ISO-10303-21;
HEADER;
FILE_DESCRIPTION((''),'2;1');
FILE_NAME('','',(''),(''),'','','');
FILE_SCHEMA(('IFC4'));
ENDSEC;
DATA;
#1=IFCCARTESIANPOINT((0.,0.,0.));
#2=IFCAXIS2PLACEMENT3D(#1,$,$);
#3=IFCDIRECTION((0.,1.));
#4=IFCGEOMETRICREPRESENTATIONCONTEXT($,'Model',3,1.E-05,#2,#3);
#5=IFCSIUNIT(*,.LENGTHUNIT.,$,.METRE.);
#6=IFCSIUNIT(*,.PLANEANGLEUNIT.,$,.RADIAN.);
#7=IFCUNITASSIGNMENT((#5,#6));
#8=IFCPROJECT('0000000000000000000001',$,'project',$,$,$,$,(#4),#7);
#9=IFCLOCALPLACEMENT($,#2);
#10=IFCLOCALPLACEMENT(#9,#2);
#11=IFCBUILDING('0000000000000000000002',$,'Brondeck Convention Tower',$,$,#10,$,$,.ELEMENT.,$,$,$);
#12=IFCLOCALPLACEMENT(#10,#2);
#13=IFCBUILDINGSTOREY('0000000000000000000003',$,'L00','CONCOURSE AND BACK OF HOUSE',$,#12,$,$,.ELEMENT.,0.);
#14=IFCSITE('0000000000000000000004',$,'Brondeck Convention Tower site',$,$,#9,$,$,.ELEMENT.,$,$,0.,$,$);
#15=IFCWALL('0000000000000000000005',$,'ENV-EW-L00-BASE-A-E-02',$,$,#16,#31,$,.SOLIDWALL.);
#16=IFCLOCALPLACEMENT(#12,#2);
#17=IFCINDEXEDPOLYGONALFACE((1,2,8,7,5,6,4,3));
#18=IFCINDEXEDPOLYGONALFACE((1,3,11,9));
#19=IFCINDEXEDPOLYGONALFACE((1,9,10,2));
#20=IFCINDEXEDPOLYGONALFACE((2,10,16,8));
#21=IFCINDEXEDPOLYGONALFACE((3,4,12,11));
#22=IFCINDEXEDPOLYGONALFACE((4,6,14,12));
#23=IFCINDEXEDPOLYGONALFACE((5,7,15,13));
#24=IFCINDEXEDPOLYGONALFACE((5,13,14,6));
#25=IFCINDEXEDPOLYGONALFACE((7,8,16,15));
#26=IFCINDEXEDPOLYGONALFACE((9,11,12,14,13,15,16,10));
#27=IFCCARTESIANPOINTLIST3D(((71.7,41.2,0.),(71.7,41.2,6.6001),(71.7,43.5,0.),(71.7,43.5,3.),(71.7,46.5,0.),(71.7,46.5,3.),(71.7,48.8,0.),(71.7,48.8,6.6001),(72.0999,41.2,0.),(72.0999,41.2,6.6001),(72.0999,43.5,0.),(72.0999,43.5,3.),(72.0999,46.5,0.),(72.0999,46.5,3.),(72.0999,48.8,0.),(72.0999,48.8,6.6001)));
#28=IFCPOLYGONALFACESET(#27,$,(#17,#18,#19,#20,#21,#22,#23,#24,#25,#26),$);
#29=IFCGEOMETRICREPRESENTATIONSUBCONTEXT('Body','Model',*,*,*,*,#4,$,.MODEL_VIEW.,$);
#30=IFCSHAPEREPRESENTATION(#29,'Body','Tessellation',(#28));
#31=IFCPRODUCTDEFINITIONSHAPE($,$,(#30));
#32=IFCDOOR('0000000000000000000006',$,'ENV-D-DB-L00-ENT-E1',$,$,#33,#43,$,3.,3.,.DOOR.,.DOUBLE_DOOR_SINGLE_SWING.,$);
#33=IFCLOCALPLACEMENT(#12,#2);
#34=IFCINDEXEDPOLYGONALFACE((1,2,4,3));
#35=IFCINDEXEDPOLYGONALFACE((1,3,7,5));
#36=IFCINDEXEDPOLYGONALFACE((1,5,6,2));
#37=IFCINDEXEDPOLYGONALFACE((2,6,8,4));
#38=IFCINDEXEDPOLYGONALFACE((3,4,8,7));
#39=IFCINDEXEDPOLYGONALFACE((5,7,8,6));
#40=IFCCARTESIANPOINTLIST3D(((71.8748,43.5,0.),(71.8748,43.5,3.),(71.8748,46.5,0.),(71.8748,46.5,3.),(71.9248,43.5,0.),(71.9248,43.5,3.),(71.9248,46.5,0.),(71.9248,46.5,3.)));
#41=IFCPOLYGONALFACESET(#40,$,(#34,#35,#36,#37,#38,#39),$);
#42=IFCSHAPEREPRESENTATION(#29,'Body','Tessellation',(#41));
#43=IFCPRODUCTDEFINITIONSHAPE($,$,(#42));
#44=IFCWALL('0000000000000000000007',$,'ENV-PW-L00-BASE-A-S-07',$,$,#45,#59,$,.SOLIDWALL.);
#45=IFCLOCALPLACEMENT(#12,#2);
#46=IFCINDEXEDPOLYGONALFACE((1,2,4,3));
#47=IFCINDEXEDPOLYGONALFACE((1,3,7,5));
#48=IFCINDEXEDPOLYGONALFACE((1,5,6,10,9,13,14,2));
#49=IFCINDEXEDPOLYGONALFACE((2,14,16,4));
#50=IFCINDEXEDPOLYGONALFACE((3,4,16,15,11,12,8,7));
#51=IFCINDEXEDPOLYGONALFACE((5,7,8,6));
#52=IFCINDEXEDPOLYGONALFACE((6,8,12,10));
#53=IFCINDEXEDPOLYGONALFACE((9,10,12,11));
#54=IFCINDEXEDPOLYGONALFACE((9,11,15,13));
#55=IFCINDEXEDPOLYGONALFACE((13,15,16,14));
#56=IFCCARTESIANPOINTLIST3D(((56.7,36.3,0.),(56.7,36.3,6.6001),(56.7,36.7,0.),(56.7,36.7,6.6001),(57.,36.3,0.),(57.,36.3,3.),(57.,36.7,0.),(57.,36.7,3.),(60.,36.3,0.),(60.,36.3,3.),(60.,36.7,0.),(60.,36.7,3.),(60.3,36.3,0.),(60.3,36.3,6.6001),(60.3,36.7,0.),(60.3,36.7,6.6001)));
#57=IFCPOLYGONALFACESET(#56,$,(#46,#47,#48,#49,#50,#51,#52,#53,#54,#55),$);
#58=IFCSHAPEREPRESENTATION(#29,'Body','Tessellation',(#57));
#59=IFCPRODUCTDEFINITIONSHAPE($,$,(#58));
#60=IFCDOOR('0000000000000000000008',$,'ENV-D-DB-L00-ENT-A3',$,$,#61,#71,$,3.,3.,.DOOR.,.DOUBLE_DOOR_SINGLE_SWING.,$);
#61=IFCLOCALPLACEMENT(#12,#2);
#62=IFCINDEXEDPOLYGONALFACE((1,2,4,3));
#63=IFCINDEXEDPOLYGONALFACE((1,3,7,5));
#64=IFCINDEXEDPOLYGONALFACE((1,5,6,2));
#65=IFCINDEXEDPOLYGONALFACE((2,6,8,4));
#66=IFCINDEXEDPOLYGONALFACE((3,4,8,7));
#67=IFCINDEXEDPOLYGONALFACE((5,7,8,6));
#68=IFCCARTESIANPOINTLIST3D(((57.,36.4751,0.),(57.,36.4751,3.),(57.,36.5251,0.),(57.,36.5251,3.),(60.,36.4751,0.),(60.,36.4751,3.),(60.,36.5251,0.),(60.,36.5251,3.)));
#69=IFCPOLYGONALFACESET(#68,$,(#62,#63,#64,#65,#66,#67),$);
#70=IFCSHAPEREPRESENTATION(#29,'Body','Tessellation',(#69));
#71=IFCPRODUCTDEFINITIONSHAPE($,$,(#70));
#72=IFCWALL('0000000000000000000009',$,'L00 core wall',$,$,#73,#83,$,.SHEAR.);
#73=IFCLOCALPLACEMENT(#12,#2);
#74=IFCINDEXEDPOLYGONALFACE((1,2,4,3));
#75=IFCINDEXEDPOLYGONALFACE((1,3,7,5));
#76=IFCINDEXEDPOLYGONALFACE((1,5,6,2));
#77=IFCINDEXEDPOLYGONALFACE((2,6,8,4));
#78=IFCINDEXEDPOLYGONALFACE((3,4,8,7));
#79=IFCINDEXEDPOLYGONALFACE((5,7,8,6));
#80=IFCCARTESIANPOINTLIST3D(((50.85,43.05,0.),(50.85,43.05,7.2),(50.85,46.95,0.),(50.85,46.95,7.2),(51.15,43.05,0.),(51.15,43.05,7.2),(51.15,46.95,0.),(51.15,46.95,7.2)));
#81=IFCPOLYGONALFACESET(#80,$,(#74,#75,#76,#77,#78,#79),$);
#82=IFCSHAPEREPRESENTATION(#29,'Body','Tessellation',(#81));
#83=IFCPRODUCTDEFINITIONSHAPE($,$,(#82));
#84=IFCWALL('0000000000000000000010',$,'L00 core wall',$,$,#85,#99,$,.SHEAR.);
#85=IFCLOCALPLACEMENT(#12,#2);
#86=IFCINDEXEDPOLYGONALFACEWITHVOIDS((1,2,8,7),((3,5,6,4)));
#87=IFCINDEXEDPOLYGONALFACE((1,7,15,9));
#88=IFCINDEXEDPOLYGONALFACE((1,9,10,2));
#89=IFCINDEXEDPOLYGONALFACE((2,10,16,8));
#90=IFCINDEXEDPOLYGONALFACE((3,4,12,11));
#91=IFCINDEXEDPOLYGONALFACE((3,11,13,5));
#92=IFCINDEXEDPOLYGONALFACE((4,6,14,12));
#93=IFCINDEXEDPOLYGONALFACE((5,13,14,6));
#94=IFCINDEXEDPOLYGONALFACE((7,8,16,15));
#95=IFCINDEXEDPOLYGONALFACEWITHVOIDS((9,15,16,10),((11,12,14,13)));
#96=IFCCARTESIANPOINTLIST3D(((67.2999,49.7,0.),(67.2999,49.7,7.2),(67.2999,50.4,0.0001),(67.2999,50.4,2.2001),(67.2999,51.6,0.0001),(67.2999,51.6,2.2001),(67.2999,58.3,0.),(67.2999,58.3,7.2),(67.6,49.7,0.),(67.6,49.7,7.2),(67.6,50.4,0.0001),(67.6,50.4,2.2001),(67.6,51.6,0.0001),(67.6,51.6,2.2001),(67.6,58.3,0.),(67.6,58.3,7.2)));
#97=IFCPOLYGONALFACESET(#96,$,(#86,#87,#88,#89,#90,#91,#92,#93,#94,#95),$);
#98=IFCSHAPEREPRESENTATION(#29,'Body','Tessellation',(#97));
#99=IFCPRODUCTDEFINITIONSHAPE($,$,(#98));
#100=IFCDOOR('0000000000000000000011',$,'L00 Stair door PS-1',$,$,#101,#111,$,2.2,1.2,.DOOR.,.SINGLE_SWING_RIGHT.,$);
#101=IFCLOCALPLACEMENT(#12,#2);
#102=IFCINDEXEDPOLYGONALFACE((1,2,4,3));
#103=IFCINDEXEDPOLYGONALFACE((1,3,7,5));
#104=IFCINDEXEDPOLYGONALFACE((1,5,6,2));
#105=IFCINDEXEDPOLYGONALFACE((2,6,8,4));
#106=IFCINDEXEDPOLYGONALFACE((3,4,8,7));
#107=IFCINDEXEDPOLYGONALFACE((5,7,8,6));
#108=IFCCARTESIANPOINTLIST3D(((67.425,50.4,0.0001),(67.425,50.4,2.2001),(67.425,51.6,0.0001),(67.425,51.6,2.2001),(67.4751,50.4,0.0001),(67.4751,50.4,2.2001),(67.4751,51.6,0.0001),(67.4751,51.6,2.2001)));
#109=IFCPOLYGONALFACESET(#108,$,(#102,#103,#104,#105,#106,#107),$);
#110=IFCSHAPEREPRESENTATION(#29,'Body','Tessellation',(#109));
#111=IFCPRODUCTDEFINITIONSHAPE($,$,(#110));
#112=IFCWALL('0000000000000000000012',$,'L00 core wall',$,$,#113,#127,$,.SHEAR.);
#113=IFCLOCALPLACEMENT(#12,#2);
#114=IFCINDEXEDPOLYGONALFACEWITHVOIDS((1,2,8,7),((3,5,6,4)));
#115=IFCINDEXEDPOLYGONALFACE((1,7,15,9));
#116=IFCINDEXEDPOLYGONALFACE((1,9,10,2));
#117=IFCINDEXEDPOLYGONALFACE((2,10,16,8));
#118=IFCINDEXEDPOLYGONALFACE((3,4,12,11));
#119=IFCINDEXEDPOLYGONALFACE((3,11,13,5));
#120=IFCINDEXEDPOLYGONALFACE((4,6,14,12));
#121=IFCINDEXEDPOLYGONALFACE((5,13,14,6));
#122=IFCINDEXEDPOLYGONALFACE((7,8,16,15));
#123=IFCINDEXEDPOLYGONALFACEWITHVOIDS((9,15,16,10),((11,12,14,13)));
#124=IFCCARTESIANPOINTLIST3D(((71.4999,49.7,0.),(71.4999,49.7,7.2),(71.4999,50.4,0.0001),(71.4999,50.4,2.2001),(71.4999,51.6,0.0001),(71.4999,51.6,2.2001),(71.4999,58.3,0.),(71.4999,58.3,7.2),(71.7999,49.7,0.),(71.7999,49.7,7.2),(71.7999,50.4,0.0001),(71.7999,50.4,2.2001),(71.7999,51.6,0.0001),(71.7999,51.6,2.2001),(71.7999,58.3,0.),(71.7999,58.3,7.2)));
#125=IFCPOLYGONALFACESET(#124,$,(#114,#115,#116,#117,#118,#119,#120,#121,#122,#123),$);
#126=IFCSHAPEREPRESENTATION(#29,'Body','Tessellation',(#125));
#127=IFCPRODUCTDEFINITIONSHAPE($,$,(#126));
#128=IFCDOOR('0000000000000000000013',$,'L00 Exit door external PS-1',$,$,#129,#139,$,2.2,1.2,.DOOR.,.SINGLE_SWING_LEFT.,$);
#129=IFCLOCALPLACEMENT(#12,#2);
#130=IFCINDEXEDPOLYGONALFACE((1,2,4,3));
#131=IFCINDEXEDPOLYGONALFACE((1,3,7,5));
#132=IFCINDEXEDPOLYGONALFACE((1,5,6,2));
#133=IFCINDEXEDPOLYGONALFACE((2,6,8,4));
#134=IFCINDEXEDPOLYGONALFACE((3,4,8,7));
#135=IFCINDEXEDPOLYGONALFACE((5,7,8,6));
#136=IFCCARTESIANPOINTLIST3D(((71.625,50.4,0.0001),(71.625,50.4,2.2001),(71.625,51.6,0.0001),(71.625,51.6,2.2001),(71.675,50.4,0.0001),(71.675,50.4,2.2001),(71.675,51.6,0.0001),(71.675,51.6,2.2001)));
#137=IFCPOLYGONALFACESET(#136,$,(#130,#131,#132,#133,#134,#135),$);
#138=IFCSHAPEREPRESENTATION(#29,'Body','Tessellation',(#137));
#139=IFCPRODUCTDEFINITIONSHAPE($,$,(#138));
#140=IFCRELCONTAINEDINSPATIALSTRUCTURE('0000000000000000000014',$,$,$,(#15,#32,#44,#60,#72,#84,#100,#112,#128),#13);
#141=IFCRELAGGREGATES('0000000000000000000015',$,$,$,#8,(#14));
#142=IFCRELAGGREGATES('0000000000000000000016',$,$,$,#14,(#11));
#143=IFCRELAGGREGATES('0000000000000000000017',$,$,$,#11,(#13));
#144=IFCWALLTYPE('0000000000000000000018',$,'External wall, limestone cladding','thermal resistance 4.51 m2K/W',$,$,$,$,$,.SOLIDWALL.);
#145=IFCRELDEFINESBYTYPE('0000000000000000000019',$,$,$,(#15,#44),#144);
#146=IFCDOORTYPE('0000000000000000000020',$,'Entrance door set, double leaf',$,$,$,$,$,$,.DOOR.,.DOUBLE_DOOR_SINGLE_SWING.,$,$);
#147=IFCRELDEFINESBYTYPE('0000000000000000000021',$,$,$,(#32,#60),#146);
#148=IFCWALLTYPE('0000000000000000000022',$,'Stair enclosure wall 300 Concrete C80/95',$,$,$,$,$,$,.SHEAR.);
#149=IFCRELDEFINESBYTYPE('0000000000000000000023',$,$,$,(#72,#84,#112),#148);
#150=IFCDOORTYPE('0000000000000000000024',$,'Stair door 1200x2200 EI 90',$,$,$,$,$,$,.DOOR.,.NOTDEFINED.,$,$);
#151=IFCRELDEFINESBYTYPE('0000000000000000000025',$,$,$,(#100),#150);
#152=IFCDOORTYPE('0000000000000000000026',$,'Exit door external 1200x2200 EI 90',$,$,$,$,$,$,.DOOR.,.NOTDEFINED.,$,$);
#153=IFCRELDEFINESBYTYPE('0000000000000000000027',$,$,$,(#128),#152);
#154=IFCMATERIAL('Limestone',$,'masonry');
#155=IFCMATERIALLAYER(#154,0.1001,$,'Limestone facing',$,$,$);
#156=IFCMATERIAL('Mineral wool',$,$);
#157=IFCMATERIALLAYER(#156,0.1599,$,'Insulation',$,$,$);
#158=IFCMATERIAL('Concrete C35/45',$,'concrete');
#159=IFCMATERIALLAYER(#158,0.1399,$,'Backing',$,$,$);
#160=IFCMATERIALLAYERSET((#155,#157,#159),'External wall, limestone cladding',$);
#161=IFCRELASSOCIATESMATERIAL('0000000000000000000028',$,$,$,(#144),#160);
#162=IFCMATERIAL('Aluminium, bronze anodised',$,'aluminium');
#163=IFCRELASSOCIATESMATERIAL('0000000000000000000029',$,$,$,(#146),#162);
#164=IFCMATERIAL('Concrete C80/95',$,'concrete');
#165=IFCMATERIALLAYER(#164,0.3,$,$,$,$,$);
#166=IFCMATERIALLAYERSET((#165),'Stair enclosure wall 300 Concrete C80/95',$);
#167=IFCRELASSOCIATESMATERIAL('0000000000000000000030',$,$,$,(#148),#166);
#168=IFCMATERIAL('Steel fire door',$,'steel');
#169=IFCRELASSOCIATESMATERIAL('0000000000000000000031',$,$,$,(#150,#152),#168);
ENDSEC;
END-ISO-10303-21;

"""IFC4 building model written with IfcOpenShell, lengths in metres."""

from ifc_helpers import new_model, si_unit, direction, frame, frame_2d, origin, place, context, subcontext, project, spatial, rectangle, extrude, material, layer, layer_set, type_object, element, fill, save


model = new_model("IFC4")

# Units and contexts
model_context = context("Model", 3, precision=1e-05, world=origin(), true_north=direction((0.0, 1.0)))
body_context = subcontext(model_context, "Body", "Model", "MODEL_VIEW")
ifc_project = project(units=[si_unit("LENGTHUNIT", "METRE"), si_unit("PLANEANGLEUNIT", "RADIAN")], contexts=[model_context])

# Site, building, storey
site_placement = place(None, origin())
site = spatial("IfcSite", under=ifc_project, at=site_placement, Name="Brondeck Convention Tower site", CompositionType="ELEMENT", RefElevation=0.0)
building_placement = place(site_placement, origin())
building = spatial("IfcBuilding", under=site, at=building_placement, Name="Brondeck Convention Tower", CompositionType="ELEMENT")
storey_placement = place(building_placement, origin())
storey = spatial("IfcBuildingStorey", under=building, at=storey_placement, Name="L00", Description="CONCOURSE AND BACK OF HOUSE", CompositionType="ELEMENT", Elevation=0.0)

# Shared definitions
ifc_material_1 = material(Name="Concrete C80/95", Category="concrete")

# Shared definitions
ifc_material_2 = material(Name="Aluminium, bronze anodised", Category="aluminium")

# Shared definitions
ifc_material_3 = material(Name="Limestone", Category="masonry")
ifc_layer_1 = layer(ifc_material_3, 0.1001, Name="Limestone facing")
ifc_material_4 = material(Name="Mineral wool")
ifc_layer_2 = layer(ifc_material_4, 0.1599, Name="Insulation")
ifc_material_5 = material(Name="Concrete C35/45", Category="concrete")
ifc_layer_3 = layer(ifc_material_5, 0.1399, Name="Backing")
ifc_layer_set_1 = layer_set([ifc_layer_1, ifc_layer_2, ifc_layer_3], Name="External wall, limestone cladding")
wall_type_1 = type_object("IfcWallType", Name="External wall, limestone cladding", Description="thermal resistance 4.51 m2K/W", PredefinedType="SOLIDWALL", material=ifc_layer_set_1)

# Walls, openings, doors
wall_1_placement = place(storey_placement, frame((71.8999, 48.8, 0.0), z_axis=(0.0, 0.0, 1.0), x_axis=(0.0, -1.0, 0.0)))
wall_1 = element("IfcWall", 1, at=wall_1_placement, inside=storey, type_object=wall_type_1, Name="ENV-EW-L00-BASE-A-E-02", PredefinedType="SOLIDWALL", context=body_context, shape_type="SweptSolid", body=[
    extrude(rectangle(XDim=7.6001, YDim=0.3999, at=frame_2d((3.8, 0.0))), origin(), (0.0, 0.0, 1.0), 6.6001),
])
opening_1_placement = place(wall_1_placement, frame((2.3, 0.0, 0.0)))
opening_1 = element("IfcOpeningElement", 2, at=opening_1_placement, cuts=wall_1, PredefinedType="OPENING", context=body_context, shape_type="SweptSolid", body=[
    extrude(rectangle(XDim=3.0, YDim=3.0, at=frame_2d((1.5, 1.5))), frame((0.0, 0.21, 0.0), z_axis=(0.0, -1.0, 0.0), x_axis=(1.0, 0.0, 0.0)), (0.0, 0.0, 1.0), 0.4199),
])
door_type_1 = type_object("IfcDoorType", Name="Entrance door set, double leaf", OperationType="DOUBLE_DOOR_SINGLE_SWING", PredefinedType="DOOR", material=ifc_material_2)
door_1_placement = place(opening_1_placement, origin())
door_1 = element("IfcDoor", 3, at=door_1_placement, inside=storey, type_object=door_type_1, Name="ENV-D-DB-L00-ENT-E1", OperationType="DOUBLE_DOOR_SINGLE_SWING", OverallHeight=3.0, OverallWidth=3.0, PredefinedType="DOOR", context=body_context, shape_type="SweptSolid", body=[
    extrude(rectangle(XDim=3.0, YDim=3.0, at=frame_2d((1.5, 1.5))), frame((0.0, 0.0249, 0.0), z_axis=(0.0, -1.0, 0.0), x_axis=(1.0, 0.0, 0.0)), (0.0, 0.0, 1.0), 0.05),
])
fill(opening_1, door_1)
wall_2_placement = place(storey_placement, frame((60.3, 36.5, 0.0), z_axis=(0.0, 0.0, 1.0), x_axis=(-1.0, 0.0, 0.0)))
wall_2 = element("IfcWall", 4, at=wall_2_placement, inside=storey, type_object=wall_type_1, Name="ENV-PW-L00-BASE-A-S-07", PredefinedType="SOLIDWALL", context=body_context, shape_type="SweptSolid", body=[
    extrude(rectangle(XDim=3.6001, YDim=0.3999, at=frame_2d((1.8, 0.0))), origin(), (0.0, 0.0, 1.0), 6.6001),
])
opening_2_placement = place(wall_2_placement, frame((0.3, 0.0, 0.0)))
opening_2 = element("IfcOpeningElement", 5, at=opening_2_placement, cuts=wall_2, PredefinedType="OPENING", context=body_context, shape_type="SweptSolid", body=[
    extrude(rectangle(XDim=3.0, YDim=3.0, at=frame_2d((1.5, 1.5))), frame((0.0, 0.21, 0.0), z_axis=(0.0, -1.0, 0.0), x_axis=(1.0, 0.0, 0.0)), (0.0, 0.0, 1.0), 0.4199),
])
door_2_placement = place(opening_2_placement, origin())
door_2 = element("IfcDoor", 6, at=door_2_placement, inside=storey, type_object=door_type_1, Name="ENV-D-DB-L00-ENT-A3", OperationType="DOUBLE_DOOR_SINGLE_SWING", OverallHeight=3.0, OverallWidth=3.0, PredefinedType="DOOR", context=body_context, shape_type="SweptSolid", body=[
    extrude(rectangle(XDim=3.0, YDim=3.0, at=frame_2d((1.5, 1.5))), frame((0.0, 0.0249, 0.0), z_axis=(0.0, -1.0, 0.0), x_axis=(1.0, 0.0, 0.0)), (0.0, 0.0, 1.0), 0.05),
])
fill(opening_2, door_2)

# Wall
ifc_layer_4 = layer(ifc_material_1, 0.3)
ifc_layer_set_2 = layer_set([ifc_layer_4], Name="Stair enclosure wall 300 Concrete C80/95")
wall_type_2 = type_object("IfcWallType", Name="Stair enclosure wall 300 Concrete C80/95", PredefinedType="SHEAR", material=ifc_layer_set_2)
wall_3_placement = place(storey_placement, frame((51.0, 43.05, 0.0), z_axis=(0.0, 0.0, 1.0), x_axis=(0.0, 1.0, 0.0)))
element("IfcWall", 7, at=wall_3_placement, inside=storey, type_object=wall_type_2, Name="L00 core wall", PredefinedType="SHEAR", context=body_context, shape_type="SweptSolid", body=[
    extrude(rectangle(XDim=3.8999, YDim=0.3, at=frame_2d((1.95, 0.0))), origin(), (0.0, 0.0, 1.0), 7.2),
])

# Walls, openings, doors
wall_4_placement = place(storey_placement, frame((67.45, 49.7, 0.0), z_axis=(0.0, 0.0, 1.0), x_axis=(0.0, 1.0, 0.0)))
wall_4 = element("IfcWall", 8, at=wall_4_placement, inside=storey, type_object=wall_type_2, Name="L00 core wall", PredefinedType="SHEAR", context=body_context, shape_type="SweptSolid", body=[
    extrude(rectangle(XDim=8.6001, YDim=0.3, at=frame_2d((4.3, 0.0))), origin(), (0.0, 0.0, 1.0), 7.2),
])
opening_3_placement = place(wall_4_placement, frame((0.7, 0.0, 0.0)))
opening_3 = element("IfcOpeningElement", 9, at=opening_3_placement, cuts=wall_4, PredefinedType="OPENING", context=body_context, shape_type="SweptSolid", body=[
    extrude(rectangle(XDim=1.2, YDim=2.2, at=frame_2d((0.6001, 1.1001))), frame((0.0, 0.1599, 0.0), z_axis=(0.0, -1.0, 0.0), x_axis=(1.0, 0.0, 0.0)), (0.0, 0.0, 1.0), 0.3201),
])
ifc_material_6 = material(Name="Steel fire door", Category="steel")
door_type_2 = type_object("IfcDoorType", Name="Stair door 1200x2200 EI 90", OperationType="NOTDEFINED", PredefinedType="DOOR", material=ifc_material_6)
door_3_placement = place(opening_3_placement, origin())
door_3 = element("IfcDoor", 10, at=door_3_placement, inside=storey, type_object=door_type_2, Name="L00 Stair door PS-1", OperationType="SINGLE_SWING_RIGHT", OverallHeight=2.2, OverallWidth=1.2, PredefinedType="DOOR", context=body_context, shape_type="SweptSolid", body=[
    extrude(rectangle(XDim=1.2, YDim=2.2, at=frame_2d((0.6001, 1.1001))), frame((0.0, 0.0249, 0.0), z_axis=(0.0, -1.0, 0.0), x_axis=(1.0, 0.0, 0.0)), (0.0, 0.0, 1.0), 0.05),
])
fill(opening_3, door_3)
wall_5_placement = place(storey_placement, frame((71.6499, 49.7, 0.0), z_axis=(0.0, 0.0, 1.0), x_axis=(0.0, 1.0, 0.0)))
wall_5 = element("IfcWall", 11, at=wall_5_placement, inside=storey, type_object=wall_type_2, Name="L00 core wall", PredefinedType="SHEAR", context=body_context, shape_type="SweptSolid", body=[
    extrude(rectangle(XDim=8.6001, YDim=0.3, at=frame_2d((4.3, 0.0))), origin(), (0.0, 0.0, 1.0), 7.2),
])
opening_4_placement = place(wall_5_placement, frame((0.7, 0.0, 0.0)))
opening_4 = element("IfcOpeningElement", 12, at=opening_4_placement, cuts=wall_5, PredefinedType="OPENING", context=body_context, shape_type="SweptSolid", body=[
    extrude(rectangle(XDim=1.2, YDim=2.2, at=frame_2d((0.6001, 1.1001))), frame((0.0, 0.1599, 0.0), z_axis=(0.0, -1.0, 0.0), x_axis=(1.0, 0.0, 0.0)), (0.0, 0.0, 1.0), 0.3201),
])
door_type_3 = type_object("IfcDoorType", Name="Exit door external 1200x2200 EI 90", OperationType="NOTDEFINED", PredefinedType="DOOR", material=ifc_material_6)
door_4_placement = place(opening_4_placement, origin())
door_4 = element("IfcDoor", 13, at=door_4_placement, inside=storey, type_object=door_type_3, Name="L00 Exit door external PS-1", OperationType="SINGLE_SWING_LEFT", OverallHeight=2.2, OverallWidth=1.2, PredefinedType="DOOR", context=body_context, shape_type="SweptSolid", body=[
    extrude(rectangle(XDim=1.2, YDim=2.2, at=frame_2d((0.6001, 1.1001))), frame((0.0, 0.0249, 0.0), z_axis=(0.0, -1.0, 0.0), x_axis=(1.0, 0.0, 0.0)), (0.0, 0.0, 1.0), 0.05),
])
fill(opening_4, door_4)

save(model, "model.ifc")
